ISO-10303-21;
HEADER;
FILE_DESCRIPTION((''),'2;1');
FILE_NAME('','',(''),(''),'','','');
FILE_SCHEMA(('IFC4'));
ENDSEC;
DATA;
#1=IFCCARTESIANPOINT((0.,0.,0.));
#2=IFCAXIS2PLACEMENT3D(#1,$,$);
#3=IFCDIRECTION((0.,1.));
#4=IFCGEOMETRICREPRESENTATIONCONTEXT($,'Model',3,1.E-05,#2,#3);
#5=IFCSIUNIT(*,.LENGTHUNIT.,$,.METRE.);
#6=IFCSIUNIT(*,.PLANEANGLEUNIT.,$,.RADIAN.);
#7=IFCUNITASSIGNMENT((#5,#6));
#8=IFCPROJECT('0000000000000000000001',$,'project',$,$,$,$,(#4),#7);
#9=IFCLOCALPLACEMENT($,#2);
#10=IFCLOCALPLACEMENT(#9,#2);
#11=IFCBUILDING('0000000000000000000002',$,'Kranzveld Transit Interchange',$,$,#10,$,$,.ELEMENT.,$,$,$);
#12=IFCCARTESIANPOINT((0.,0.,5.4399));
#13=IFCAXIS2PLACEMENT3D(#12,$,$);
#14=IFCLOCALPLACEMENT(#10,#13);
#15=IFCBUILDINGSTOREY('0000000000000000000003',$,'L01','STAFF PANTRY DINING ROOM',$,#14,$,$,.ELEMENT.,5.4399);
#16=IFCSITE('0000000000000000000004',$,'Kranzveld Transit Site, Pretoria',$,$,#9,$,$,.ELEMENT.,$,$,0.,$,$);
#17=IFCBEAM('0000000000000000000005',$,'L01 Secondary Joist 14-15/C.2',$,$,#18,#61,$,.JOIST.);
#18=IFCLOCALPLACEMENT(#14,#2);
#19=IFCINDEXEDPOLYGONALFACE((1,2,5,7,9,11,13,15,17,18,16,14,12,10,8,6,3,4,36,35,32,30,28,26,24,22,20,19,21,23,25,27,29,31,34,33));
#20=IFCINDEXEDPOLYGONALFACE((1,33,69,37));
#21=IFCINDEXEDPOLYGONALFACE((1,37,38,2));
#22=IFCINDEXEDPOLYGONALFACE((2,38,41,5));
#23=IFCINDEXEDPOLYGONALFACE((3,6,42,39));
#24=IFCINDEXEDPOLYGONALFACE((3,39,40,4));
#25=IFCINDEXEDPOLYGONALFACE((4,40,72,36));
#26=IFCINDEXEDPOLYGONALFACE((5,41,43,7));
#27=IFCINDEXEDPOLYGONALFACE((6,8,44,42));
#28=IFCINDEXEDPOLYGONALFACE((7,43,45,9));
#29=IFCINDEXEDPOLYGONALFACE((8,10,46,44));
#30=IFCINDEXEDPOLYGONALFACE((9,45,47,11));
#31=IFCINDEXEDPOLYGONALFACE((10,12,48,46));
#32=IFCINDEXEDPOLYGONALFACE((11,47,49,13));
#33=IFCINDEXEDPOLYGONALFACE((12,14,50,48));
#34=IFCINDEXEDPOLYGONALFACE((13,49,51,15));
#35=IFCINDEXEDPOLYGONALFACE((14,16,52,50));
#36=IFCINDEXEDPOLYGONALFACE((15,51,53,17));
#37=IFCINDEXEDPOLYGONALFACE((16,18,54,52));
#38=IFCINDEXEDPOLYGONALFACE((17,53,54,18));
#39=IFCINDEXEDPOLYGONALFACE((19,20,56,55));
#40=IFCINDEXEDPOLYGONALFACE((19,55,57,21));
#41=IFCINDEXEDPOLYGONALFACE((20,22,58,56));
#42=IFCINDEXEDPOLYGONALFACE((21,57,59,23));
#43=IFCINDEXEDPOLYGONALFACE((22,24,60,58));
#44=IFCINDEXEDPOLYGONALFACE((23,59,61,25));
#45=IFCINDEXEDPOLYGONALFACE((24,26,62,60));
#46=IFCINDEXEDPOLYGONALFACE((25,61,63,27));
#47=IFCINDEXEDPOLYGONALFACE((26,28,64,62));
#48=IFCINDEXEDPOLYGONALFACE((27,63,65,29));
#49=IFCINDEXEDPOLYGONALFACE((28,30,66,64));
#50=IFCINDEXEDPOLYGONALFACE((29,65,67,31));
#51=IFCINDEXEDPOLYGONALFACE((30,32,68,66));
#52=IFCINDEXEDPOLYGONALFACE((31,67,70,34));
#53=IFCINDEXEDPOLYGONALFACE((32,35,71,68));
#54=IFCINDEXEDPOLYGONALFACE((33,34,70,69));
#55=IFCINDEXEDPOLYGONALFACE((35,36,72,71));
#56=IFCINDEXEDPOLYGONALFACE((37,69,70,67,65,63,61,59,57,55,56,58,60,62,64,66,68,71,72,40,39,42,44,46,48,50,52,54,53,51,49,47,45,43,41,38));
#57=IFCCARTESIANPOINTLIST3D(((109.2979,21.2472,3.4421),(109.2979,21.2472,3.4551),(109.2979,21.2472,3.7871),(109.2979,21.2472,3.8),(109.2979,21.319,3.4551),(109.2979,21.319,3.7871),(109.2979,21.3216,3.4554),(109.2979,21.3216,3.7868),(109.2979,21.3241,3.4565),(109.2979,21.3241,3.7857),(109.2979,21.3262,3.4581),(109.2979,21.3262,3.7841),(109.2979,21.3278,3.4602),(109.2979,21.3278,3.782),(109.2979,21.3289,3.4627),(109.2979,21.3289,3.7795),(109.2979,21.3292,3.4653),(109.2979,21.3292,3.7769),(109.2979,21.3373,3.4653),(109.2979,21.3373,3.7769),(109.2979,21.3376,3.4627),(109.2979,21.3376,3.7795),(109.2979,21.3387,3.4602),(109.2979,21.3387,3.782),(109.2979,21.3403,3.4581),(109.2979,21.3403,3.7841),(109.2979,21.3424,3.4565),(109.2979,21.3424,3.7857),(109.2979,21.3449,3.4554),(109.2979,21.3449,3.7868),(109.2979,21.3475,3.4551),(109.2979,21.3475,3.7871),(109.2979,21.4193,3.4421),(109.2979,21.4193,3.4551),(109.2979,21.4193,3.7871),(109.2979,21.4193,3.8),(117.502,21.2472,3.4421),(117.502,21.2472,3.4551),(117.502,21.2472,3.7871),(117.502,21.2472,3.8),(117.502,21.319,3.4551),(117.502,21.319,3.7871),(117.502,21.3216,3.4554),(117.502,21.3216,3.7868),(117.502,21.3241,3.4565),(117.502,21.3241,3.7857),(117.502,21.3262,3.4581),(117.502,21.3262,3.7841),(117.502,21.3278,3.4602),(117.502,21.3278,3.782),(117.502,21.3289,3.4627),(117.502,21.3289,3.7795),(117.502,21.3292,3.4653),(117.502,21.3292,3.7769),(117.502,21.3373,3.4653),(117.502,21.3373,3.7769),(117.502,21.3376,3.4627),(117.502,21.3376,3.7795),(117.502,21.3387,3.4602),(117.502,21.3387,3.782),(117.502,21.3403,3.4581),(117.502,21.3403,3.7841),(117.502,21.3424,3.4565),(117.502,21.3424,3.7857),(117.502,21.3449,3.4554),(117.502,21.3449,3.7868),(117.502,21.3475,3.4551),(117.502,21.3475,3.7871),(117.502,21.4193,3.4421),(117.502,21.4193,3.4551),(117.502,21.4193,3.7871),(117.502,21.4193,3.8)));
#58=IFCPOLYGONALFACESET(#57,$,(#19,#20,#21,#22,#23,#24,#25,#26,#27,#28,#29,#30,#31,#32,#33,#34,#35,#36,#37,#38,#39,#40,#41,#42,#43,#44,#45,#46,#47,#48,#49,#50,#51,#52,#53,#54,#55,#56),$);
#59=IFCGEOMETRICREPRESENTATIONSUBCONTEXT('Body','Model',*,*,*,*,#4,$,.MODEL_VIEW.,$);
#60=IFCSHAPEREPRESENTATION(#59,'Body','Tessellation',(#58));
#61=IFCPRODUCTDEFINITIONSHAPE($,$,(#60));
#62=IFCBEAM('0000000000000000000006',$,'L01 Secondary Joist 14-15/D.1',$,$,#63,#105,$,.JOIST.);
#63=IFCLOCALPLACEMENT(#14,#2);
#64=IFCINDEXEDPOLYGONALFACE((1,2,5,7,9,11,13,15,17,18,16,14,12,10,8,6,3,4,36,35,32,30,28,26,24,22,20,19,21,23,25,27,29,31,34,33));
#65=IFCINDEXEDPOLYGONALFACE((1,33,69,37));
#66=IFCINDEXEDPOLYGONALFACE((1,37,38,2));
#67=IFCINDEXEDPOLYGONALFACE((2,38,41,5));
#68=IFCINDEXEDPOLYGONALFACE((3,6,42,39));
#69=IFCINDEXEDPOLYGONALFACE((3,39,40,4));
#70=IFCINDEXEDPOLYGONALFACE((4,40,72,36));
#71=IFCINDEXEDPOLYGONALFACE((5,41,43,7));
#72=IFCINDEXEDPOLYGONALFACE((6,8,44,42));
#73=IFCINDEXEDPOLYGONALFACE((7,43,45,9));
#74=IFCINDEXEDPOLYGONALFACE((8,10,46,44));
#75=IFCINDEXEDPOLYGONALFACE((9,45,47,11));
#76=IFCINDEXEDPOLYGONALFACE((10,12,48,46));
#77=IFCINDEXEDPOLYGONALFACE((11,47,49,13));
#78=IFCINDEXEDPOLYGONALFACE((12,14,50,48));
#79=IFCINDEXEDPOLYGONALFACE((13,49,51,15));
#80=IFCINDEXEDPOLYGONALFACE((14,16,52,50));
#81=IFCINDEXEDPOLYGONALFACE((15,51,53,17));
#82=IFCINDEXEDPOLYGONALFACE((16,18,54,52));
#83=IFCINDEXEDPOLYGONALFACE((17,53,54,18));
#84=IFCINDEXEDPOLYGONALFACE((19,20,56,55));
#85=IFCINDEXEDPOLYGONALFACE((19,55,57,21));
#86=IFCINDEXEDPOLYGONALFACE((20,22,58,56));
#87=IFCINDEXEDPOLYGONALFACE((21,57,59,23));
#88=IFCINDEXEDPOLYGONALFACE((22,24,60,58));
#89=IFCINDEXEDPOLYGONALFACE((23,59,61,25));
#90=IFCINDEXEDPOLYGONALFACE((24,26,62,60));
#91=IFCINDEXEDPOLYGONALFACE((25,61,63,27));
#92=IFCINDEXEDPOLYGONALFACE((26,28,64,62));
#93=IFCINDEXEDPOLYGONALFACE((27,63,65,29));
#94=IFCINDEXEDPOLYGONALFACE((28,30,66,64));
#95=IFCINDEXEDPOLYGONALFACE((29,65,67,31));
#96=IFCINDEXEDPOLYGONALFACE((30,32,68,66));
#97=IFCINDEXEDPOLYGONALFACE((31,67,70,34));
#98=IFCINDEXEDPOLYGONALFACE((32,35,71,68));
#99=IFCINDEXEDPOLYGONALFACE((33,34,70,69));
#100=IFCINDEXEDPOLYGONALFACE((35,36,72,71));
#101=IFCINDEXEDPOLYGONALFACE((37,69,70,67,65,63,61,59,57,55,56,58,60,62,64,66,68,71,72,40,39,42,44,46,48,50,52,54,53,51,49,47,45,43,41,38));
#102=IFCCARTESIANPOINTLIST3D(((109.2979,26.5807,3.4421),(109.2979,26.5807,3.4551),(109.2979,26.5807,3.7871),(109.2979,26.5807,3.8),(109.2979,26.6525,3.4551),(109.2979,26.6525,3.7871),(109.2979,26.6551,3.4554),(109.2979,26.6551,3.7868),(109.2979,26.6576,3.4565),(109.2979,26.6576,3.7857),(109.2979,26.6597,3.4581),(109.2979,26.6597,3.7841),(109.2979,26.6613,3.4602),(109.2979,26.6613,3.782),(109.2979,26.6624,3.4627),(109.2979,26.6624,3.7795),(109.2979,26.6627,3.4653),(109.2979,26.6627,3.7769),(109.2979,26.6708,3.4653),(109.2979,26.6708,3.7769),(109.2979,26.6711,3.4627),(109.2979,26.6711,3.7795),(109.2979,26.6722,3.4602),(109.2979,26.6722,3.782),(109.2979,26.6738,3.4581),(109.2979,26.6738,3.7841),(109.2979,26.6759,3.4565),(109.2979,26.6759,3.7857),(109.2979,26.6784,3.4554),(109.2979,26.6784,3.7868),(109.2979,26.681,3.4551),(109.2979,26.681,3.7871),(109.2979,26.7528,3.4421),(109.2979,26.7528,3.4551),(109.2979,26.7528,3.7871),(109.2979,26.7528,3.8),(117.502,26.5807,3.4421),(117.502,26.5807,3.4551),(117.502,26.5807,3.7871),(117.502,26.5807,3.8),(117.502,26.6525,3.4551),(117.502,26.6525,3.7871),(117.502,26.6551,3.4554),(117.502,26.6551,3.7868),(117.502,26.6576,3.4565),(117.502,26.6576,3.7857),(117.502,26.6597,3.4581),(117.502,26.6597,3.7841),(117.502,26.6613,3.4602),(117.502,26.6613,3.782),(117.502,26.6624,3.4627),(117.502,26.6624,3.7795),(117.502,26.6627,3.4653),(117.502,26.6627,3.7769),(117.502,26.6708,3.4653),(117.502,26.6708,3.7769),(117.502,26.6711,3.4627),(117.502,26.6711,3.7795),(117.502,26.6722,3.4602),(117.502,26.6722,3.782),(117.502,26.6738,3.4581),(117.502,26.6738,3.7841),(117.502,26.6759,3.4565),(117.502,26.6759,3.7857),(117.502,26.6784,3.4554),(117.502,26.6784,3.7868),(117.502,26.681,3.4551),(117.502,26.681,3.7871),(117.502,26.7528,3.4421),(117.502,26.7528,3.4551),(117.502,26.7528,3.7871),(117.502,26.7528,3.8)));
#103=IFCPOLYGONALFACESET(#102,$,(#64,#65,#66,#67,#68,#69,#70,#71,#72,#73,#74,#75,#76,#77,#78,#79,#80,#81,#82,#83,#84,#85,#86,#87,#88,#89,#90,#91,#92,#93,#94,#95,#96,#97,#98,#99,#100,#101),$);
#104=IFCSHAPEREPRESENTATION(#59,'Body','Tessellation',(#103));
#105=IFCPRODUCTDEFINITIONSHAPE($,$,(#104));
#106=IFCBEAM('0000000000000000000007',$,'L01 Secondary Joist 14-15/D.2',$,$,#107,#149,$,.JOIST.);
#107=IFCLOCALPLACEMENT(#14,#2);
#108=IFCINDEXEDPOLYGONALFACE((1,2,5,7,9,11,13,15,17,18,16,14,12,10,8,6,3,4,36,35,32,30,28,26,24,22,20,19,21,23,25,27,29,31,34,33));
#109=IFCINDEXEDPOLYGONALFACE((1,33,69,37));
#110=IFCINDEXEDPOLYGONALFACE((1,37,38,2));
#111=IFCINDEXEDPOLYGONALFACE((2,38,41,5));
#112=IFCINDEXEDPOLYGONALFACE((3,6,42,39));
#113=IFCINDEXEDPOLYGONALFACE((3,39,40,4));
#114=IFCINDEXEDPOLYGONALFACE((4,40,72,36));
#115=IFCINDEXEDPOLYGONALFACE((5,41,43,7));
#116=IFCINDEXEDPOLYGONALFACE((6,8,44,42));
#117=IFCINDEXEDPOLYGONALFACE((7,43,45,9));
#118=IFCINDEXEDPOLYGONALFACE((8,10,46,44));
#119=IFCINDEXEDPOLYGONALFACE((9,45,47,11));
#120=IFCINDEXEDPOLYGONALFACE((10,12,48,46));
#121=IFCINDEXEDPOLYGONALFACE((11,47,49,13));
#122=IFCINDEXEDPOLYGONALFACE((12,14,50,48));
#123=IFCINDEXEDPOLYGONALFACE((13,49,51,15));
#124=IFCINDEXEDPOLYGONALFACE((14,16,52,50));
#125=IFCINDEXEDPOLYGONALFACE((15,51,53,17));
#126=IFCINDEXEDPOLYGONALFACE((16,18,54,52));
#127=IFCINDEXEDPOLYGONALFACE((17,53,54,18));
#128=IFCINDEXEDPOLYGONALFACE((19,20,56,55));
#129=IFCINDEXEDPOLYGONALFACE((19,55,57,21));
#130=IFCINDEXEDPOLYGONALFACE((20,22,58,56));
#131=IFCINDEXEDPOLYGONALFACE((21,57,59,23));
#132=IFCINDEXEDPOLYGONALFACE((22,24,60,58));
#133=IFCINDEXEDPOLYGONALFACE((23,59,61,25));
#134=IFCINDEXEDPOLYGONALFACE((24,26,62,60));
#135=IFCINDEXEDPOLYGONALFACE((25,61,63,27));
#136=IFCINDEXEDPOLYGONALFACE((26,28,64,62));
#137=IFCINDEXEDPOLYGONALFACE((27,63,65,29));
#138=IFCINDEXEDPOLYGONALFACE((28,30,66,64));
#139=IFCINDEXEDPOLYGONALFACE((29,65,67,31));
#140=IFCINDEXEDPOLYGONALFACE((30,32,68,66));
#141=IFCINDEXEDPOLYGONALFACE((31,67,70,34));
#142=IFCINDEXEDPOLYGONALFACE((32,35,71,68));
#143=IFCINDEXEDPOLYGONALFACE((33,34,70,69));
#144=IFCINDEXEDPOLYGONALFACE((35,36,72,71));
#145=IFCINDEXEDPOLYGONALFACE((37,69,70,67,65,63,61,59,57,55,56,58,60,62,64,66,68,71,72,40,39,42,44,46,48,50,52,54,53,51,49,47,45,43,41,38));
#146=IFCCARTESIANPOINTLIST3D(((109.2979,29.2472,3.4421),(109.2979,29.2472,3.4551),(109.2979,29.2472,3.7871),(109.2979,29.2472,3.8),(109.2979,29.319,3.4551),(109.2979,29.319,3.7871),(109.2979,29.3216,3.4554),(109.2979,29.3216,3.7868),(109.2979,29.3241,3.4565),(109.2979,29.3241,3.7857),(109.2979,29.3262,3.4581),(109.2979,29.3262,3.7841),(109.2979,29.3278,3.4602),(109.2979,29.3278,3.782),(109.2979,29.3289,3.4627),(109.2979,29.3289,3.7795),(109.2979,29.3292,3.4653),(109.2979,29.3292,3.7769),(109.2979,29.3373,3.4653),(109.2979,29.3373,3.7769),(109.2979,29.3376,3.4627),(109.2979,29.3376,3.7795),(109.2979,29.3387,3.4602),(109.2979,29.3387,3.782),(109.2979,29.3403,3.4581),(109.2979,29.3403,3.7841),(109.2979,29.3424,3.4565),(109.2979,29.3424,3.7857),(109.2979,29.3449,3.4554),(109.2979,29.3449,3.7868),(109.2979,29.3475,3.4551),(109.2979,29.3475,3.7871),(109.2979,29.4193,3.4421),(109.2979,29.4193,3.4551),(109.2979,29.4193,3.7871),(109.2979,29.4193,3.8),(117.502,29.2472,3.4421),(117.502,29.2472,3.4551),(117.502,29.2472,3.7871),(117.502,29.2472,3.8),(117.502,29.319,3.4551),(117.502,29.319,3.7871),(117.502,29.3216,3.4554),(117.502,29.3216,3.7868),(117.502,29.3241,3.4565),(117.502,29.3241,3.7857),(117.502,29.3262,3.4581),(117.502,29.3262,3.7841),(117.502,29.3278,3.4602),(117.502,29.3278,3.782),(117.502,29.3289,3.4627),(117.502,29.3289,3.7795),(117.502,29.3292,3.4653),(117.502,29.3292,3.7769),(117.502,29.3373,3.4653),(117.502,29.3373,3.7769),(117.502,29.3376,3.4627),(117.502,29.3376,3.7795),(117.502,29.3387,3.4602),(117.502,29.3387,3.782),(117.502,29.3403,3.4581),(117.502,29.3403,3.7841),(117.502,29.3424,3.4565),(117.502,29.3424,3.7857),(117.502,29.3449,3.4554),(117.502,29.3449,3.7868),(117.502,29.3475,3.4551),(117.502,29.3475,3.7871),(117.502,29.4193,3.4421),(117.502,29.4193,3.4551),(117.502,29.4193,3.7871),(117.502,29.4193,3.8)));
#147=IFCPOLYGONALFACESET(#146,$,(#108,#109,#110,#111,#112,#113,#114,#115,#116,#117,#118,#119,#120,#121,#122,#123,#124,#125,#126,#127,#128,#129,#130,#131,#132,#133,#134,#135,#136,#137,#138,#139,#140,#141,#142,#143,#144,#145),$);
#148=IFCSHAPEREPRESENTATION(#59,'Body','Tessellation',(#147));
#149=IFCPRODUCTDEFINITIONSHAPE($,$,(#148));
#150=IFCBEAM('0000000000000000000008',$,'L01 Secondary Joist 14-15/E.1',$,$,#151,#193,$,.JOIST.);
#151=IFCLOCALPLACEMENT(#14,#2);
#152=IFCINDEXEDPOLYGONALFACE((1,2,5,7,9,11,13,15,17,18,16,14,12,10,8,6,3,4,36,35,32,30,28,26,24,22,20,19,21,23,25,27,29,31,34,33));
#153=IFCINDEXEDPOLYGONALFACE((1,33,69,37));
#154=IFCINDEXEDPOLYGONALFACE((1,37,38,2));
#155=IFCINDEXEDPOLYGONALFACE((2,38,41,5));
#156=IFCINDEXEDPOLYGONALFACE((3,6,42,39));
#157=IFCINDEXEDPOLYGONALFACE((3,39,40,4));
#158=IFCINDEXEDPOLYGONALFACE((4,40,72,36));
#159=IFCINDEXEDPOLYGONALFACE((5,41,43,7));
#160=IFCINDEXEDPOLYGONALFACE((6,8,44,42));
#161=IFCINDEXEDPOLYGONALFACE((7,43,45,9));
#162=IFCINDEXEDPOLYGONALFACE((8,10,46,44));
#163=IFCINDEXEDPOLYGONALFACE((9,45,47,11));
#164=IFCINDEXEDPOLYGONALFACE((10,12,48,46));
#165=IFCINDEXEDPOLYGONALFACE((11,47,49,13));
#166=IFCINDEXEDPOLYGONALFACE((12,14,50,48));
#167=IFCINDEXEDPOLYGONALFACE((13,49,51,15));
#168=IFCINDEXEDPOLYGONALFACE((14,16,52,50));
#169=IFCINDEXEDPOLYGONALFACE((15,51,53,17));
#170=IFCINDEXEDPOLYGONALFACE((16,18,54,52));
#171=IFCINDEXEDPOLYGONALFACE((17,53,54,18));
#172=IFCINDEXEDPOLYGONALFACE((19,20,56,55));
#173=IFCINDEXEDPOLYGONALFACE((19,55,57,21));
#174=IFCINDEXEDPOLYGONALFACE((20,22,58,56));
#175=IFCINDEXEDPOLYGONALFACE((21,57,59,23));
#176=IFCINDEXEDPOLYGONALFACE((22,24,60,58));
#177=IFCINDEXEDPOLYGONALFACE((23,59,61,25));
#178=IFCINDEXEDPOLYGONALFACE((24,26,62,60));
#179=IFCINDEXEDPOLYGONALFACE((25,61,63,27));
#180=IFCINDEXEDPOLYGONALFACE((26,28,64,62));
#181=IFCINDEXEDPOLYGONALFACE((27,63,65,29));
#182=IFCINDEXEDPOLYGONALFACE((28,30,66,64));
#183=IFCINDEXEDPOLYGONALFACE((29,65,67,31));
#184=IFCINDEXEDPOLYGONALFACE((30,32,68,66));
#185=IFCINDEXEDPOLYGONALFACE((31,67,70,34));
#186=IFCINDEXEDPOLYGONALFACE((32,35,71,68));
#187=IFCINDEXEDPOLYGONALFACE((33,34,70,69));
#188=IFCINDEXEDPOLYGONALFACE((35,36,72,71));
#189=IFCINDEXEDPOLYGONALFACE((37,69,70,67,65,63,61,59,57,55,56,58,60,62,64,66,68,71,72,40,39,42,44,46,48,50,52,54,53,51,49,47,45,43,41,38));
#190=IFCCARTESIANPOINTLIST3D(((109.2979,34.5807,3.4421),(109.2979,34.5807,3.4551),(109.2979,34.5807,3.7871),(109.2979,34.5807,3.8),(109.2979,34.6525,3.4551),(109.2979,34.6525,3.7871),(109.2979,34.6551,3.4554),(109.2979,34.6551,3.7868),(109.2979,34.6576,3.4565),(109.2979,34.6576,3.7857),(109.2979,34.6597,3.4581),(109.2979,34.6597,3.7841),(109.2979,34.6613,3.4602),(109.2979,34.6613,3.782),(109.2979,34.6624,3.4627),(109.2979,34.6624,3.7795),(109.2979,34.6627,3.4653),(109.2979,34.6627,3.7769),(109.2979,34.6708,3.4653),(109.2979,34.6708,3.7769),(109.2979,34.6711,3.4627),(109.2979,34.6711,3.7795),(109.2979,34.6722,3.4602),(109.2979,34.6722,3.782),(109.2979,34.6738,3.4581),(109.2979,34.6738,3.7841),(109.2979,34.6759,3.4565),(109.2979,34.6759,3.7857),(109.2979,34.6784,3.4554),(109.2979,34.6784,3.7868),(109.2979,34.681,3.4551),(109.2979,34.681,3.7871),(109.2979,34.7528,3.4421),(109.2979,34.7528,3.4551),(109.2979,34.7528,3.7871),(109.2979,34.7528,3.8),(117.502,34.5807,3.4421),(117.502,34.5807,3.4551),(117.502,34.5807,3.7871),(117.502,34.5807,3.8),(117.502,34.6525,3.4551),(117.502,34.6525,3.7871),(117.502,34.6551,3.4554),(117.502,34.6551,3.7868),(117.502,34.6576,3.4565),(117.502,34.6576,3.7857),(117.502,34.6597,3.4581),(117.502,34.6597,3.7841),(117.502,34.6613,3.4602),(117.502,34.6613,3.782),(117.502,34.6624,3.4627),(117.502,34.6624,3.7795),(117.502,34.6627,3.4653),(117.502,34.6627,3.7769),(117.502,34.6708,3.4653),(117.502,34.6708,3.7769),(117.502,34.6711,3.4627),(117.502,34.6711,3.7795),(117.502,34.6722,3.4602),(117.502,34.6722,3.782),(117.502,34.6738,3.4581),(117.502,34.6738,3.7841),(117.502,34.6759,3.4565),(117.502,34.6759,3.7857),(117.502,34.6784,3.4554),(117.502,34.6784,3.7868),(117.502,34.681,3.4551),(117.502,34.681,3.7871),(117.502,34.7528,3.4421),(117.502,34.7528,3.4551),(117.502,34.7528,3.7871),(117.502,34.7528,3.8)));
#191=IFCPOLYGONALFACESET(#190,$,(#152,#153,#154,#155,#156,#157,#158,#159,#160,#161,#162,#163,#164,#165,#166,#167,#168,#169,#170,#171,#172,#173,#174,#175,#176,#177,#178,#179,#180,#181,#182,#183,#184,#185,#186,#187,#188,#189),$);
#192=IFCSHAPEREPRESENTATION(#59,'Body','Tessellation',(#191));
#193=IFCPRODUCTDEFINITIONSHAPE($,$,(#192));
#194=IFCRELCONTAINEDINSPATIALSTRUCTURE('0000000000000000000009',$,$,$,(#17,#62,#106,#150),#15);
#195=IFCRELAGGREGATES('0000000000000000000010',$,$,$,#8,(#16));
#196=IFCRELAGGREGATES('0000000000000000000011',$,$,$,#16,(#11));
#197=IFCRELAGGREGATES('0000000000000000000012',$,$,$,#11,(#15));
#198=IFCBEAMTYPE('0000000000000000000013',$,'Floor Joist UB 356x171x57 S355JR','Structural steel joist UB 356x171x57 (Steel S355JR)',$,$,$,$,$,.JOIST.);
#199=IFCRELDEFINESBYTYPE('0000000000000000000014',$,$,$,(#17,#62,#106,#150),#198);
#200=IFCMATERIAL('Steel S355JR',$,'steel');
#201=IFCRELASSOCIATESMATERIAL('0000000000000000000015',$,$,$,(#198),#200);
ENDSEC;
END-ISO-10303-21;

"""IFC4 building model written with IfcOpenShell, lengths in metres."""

from ifc_helpers import new_model, si_unit, direction, frame, origin, origin_2d, place, context, subcontext, project, spatial, i_section, extrude, material, material_profile, profile_set, type_object, element, save


model = new_model("IFC4")

# Units and contexts
model_context = context("Model", 3, precision=1e-05, world=origin(), true_north=direction((0.0, 1.0)))
body_context = subcontext(model_context, "Body", "Model", "MODEL_VIEW")
ifc_project = project(units=[si_unit("LENGTHUNIT", "METRE"), si_unit("PLANEANGLEUNIT", "RADIAN")], contexts=[model_context])

# Site, building, storey
site_placement = place(None, origin())
site = spatial("IfcSite", under=ifc_project, at=site_placement, Name="Kranzveld Transit Site, Pretoria", CompositionType="ELEMENT", RefElevation=0.0)
building_placement = place(site_placement, origin())
building = spatial("IfcBuilding", under=site, at=building_placement, Name="Kranzveld Transit Interchange", CompositionType="ELEMENT")
storey_placement = place(building_placement, frame((0.0, 0.0, 5.4399)))
storey = spatial("IfcBuildingStorey", under=building, at=storey_placement, Name="L01", Description="STAFF PANTRY DINING ROOM", CompositionType="ELEMENT", Elevation=5.4399)

# Beams
ifc_material_1 = material(Name="Steel S355JR", Category="steel")
ifc_material_profile_1 = material_profile(ifc_material_1, i_section(OverallWidth=0.1721, OverallDepth=0.3579, WebThickness=0.0081, FlangeThickness=0.0129, FilletRadius=0.0103, at=origin_2d()), Name="UB 356x171x57")
ifc_profile_set_1 = profile_set([ifc_material_profile_1], Name="Steel S355JR")
beam_type_1 = type_object("IfcBeamType", Name="Floor Joist UB 356x171x57 S355JR", Description="Structural steel joist UB 356x171x57 (Steel S355JR)", PredefinedType="JOIST", material=ifc_profile_set_1)
for number, where, z_axis, x_axis, name in (
    (1, (109.2979, 21.3333, 3.6211), (1.0, 0.0, 0.0), (0.0, 1.0, 0.0), "L01 Secondary Joist 14-15/C.2"),
    (2, (109.2979, 26.6667, 3.6211), (1.0, 0.0, 0.0), (0.0, 1.0, 0.0), "L01 Secondary Joist 14-15/D.1"),
    (3, (109.2979, 29.3333, 3.6211), (1.0, 0.0, 0.0), (0.0, 1.0, 0.0), "L01 Secondary Joist 14-15/D.2"),
    (4, (109.2979, 34.6667, 3.6211), (1.0, 0.0, 0.0), (0.0, 1.0, 0.0), "L01 Secondary Joist 14-15/E.1"),
):
    element("IfcBeam", number, at=place(storey_placement, frame(where, z_axis=z_axis, x_axis=x_axis)), inside=storey, type_object=beam_type_1, Name=name, PredefinedType="JOIST", context=body_context, shape_type="SweptSolid", body=[
        extrude(i_section(OverallWidth=0.1721, OverallDepth=0.3579, WebThickness=0.0081, FlangeThickness=0.0129, FilletRadius=0.0103, at=origin_2d()), origin(), (0.0, 0.0, 1.0), 8.2041),
    ])

save(model, "model.ifc")
